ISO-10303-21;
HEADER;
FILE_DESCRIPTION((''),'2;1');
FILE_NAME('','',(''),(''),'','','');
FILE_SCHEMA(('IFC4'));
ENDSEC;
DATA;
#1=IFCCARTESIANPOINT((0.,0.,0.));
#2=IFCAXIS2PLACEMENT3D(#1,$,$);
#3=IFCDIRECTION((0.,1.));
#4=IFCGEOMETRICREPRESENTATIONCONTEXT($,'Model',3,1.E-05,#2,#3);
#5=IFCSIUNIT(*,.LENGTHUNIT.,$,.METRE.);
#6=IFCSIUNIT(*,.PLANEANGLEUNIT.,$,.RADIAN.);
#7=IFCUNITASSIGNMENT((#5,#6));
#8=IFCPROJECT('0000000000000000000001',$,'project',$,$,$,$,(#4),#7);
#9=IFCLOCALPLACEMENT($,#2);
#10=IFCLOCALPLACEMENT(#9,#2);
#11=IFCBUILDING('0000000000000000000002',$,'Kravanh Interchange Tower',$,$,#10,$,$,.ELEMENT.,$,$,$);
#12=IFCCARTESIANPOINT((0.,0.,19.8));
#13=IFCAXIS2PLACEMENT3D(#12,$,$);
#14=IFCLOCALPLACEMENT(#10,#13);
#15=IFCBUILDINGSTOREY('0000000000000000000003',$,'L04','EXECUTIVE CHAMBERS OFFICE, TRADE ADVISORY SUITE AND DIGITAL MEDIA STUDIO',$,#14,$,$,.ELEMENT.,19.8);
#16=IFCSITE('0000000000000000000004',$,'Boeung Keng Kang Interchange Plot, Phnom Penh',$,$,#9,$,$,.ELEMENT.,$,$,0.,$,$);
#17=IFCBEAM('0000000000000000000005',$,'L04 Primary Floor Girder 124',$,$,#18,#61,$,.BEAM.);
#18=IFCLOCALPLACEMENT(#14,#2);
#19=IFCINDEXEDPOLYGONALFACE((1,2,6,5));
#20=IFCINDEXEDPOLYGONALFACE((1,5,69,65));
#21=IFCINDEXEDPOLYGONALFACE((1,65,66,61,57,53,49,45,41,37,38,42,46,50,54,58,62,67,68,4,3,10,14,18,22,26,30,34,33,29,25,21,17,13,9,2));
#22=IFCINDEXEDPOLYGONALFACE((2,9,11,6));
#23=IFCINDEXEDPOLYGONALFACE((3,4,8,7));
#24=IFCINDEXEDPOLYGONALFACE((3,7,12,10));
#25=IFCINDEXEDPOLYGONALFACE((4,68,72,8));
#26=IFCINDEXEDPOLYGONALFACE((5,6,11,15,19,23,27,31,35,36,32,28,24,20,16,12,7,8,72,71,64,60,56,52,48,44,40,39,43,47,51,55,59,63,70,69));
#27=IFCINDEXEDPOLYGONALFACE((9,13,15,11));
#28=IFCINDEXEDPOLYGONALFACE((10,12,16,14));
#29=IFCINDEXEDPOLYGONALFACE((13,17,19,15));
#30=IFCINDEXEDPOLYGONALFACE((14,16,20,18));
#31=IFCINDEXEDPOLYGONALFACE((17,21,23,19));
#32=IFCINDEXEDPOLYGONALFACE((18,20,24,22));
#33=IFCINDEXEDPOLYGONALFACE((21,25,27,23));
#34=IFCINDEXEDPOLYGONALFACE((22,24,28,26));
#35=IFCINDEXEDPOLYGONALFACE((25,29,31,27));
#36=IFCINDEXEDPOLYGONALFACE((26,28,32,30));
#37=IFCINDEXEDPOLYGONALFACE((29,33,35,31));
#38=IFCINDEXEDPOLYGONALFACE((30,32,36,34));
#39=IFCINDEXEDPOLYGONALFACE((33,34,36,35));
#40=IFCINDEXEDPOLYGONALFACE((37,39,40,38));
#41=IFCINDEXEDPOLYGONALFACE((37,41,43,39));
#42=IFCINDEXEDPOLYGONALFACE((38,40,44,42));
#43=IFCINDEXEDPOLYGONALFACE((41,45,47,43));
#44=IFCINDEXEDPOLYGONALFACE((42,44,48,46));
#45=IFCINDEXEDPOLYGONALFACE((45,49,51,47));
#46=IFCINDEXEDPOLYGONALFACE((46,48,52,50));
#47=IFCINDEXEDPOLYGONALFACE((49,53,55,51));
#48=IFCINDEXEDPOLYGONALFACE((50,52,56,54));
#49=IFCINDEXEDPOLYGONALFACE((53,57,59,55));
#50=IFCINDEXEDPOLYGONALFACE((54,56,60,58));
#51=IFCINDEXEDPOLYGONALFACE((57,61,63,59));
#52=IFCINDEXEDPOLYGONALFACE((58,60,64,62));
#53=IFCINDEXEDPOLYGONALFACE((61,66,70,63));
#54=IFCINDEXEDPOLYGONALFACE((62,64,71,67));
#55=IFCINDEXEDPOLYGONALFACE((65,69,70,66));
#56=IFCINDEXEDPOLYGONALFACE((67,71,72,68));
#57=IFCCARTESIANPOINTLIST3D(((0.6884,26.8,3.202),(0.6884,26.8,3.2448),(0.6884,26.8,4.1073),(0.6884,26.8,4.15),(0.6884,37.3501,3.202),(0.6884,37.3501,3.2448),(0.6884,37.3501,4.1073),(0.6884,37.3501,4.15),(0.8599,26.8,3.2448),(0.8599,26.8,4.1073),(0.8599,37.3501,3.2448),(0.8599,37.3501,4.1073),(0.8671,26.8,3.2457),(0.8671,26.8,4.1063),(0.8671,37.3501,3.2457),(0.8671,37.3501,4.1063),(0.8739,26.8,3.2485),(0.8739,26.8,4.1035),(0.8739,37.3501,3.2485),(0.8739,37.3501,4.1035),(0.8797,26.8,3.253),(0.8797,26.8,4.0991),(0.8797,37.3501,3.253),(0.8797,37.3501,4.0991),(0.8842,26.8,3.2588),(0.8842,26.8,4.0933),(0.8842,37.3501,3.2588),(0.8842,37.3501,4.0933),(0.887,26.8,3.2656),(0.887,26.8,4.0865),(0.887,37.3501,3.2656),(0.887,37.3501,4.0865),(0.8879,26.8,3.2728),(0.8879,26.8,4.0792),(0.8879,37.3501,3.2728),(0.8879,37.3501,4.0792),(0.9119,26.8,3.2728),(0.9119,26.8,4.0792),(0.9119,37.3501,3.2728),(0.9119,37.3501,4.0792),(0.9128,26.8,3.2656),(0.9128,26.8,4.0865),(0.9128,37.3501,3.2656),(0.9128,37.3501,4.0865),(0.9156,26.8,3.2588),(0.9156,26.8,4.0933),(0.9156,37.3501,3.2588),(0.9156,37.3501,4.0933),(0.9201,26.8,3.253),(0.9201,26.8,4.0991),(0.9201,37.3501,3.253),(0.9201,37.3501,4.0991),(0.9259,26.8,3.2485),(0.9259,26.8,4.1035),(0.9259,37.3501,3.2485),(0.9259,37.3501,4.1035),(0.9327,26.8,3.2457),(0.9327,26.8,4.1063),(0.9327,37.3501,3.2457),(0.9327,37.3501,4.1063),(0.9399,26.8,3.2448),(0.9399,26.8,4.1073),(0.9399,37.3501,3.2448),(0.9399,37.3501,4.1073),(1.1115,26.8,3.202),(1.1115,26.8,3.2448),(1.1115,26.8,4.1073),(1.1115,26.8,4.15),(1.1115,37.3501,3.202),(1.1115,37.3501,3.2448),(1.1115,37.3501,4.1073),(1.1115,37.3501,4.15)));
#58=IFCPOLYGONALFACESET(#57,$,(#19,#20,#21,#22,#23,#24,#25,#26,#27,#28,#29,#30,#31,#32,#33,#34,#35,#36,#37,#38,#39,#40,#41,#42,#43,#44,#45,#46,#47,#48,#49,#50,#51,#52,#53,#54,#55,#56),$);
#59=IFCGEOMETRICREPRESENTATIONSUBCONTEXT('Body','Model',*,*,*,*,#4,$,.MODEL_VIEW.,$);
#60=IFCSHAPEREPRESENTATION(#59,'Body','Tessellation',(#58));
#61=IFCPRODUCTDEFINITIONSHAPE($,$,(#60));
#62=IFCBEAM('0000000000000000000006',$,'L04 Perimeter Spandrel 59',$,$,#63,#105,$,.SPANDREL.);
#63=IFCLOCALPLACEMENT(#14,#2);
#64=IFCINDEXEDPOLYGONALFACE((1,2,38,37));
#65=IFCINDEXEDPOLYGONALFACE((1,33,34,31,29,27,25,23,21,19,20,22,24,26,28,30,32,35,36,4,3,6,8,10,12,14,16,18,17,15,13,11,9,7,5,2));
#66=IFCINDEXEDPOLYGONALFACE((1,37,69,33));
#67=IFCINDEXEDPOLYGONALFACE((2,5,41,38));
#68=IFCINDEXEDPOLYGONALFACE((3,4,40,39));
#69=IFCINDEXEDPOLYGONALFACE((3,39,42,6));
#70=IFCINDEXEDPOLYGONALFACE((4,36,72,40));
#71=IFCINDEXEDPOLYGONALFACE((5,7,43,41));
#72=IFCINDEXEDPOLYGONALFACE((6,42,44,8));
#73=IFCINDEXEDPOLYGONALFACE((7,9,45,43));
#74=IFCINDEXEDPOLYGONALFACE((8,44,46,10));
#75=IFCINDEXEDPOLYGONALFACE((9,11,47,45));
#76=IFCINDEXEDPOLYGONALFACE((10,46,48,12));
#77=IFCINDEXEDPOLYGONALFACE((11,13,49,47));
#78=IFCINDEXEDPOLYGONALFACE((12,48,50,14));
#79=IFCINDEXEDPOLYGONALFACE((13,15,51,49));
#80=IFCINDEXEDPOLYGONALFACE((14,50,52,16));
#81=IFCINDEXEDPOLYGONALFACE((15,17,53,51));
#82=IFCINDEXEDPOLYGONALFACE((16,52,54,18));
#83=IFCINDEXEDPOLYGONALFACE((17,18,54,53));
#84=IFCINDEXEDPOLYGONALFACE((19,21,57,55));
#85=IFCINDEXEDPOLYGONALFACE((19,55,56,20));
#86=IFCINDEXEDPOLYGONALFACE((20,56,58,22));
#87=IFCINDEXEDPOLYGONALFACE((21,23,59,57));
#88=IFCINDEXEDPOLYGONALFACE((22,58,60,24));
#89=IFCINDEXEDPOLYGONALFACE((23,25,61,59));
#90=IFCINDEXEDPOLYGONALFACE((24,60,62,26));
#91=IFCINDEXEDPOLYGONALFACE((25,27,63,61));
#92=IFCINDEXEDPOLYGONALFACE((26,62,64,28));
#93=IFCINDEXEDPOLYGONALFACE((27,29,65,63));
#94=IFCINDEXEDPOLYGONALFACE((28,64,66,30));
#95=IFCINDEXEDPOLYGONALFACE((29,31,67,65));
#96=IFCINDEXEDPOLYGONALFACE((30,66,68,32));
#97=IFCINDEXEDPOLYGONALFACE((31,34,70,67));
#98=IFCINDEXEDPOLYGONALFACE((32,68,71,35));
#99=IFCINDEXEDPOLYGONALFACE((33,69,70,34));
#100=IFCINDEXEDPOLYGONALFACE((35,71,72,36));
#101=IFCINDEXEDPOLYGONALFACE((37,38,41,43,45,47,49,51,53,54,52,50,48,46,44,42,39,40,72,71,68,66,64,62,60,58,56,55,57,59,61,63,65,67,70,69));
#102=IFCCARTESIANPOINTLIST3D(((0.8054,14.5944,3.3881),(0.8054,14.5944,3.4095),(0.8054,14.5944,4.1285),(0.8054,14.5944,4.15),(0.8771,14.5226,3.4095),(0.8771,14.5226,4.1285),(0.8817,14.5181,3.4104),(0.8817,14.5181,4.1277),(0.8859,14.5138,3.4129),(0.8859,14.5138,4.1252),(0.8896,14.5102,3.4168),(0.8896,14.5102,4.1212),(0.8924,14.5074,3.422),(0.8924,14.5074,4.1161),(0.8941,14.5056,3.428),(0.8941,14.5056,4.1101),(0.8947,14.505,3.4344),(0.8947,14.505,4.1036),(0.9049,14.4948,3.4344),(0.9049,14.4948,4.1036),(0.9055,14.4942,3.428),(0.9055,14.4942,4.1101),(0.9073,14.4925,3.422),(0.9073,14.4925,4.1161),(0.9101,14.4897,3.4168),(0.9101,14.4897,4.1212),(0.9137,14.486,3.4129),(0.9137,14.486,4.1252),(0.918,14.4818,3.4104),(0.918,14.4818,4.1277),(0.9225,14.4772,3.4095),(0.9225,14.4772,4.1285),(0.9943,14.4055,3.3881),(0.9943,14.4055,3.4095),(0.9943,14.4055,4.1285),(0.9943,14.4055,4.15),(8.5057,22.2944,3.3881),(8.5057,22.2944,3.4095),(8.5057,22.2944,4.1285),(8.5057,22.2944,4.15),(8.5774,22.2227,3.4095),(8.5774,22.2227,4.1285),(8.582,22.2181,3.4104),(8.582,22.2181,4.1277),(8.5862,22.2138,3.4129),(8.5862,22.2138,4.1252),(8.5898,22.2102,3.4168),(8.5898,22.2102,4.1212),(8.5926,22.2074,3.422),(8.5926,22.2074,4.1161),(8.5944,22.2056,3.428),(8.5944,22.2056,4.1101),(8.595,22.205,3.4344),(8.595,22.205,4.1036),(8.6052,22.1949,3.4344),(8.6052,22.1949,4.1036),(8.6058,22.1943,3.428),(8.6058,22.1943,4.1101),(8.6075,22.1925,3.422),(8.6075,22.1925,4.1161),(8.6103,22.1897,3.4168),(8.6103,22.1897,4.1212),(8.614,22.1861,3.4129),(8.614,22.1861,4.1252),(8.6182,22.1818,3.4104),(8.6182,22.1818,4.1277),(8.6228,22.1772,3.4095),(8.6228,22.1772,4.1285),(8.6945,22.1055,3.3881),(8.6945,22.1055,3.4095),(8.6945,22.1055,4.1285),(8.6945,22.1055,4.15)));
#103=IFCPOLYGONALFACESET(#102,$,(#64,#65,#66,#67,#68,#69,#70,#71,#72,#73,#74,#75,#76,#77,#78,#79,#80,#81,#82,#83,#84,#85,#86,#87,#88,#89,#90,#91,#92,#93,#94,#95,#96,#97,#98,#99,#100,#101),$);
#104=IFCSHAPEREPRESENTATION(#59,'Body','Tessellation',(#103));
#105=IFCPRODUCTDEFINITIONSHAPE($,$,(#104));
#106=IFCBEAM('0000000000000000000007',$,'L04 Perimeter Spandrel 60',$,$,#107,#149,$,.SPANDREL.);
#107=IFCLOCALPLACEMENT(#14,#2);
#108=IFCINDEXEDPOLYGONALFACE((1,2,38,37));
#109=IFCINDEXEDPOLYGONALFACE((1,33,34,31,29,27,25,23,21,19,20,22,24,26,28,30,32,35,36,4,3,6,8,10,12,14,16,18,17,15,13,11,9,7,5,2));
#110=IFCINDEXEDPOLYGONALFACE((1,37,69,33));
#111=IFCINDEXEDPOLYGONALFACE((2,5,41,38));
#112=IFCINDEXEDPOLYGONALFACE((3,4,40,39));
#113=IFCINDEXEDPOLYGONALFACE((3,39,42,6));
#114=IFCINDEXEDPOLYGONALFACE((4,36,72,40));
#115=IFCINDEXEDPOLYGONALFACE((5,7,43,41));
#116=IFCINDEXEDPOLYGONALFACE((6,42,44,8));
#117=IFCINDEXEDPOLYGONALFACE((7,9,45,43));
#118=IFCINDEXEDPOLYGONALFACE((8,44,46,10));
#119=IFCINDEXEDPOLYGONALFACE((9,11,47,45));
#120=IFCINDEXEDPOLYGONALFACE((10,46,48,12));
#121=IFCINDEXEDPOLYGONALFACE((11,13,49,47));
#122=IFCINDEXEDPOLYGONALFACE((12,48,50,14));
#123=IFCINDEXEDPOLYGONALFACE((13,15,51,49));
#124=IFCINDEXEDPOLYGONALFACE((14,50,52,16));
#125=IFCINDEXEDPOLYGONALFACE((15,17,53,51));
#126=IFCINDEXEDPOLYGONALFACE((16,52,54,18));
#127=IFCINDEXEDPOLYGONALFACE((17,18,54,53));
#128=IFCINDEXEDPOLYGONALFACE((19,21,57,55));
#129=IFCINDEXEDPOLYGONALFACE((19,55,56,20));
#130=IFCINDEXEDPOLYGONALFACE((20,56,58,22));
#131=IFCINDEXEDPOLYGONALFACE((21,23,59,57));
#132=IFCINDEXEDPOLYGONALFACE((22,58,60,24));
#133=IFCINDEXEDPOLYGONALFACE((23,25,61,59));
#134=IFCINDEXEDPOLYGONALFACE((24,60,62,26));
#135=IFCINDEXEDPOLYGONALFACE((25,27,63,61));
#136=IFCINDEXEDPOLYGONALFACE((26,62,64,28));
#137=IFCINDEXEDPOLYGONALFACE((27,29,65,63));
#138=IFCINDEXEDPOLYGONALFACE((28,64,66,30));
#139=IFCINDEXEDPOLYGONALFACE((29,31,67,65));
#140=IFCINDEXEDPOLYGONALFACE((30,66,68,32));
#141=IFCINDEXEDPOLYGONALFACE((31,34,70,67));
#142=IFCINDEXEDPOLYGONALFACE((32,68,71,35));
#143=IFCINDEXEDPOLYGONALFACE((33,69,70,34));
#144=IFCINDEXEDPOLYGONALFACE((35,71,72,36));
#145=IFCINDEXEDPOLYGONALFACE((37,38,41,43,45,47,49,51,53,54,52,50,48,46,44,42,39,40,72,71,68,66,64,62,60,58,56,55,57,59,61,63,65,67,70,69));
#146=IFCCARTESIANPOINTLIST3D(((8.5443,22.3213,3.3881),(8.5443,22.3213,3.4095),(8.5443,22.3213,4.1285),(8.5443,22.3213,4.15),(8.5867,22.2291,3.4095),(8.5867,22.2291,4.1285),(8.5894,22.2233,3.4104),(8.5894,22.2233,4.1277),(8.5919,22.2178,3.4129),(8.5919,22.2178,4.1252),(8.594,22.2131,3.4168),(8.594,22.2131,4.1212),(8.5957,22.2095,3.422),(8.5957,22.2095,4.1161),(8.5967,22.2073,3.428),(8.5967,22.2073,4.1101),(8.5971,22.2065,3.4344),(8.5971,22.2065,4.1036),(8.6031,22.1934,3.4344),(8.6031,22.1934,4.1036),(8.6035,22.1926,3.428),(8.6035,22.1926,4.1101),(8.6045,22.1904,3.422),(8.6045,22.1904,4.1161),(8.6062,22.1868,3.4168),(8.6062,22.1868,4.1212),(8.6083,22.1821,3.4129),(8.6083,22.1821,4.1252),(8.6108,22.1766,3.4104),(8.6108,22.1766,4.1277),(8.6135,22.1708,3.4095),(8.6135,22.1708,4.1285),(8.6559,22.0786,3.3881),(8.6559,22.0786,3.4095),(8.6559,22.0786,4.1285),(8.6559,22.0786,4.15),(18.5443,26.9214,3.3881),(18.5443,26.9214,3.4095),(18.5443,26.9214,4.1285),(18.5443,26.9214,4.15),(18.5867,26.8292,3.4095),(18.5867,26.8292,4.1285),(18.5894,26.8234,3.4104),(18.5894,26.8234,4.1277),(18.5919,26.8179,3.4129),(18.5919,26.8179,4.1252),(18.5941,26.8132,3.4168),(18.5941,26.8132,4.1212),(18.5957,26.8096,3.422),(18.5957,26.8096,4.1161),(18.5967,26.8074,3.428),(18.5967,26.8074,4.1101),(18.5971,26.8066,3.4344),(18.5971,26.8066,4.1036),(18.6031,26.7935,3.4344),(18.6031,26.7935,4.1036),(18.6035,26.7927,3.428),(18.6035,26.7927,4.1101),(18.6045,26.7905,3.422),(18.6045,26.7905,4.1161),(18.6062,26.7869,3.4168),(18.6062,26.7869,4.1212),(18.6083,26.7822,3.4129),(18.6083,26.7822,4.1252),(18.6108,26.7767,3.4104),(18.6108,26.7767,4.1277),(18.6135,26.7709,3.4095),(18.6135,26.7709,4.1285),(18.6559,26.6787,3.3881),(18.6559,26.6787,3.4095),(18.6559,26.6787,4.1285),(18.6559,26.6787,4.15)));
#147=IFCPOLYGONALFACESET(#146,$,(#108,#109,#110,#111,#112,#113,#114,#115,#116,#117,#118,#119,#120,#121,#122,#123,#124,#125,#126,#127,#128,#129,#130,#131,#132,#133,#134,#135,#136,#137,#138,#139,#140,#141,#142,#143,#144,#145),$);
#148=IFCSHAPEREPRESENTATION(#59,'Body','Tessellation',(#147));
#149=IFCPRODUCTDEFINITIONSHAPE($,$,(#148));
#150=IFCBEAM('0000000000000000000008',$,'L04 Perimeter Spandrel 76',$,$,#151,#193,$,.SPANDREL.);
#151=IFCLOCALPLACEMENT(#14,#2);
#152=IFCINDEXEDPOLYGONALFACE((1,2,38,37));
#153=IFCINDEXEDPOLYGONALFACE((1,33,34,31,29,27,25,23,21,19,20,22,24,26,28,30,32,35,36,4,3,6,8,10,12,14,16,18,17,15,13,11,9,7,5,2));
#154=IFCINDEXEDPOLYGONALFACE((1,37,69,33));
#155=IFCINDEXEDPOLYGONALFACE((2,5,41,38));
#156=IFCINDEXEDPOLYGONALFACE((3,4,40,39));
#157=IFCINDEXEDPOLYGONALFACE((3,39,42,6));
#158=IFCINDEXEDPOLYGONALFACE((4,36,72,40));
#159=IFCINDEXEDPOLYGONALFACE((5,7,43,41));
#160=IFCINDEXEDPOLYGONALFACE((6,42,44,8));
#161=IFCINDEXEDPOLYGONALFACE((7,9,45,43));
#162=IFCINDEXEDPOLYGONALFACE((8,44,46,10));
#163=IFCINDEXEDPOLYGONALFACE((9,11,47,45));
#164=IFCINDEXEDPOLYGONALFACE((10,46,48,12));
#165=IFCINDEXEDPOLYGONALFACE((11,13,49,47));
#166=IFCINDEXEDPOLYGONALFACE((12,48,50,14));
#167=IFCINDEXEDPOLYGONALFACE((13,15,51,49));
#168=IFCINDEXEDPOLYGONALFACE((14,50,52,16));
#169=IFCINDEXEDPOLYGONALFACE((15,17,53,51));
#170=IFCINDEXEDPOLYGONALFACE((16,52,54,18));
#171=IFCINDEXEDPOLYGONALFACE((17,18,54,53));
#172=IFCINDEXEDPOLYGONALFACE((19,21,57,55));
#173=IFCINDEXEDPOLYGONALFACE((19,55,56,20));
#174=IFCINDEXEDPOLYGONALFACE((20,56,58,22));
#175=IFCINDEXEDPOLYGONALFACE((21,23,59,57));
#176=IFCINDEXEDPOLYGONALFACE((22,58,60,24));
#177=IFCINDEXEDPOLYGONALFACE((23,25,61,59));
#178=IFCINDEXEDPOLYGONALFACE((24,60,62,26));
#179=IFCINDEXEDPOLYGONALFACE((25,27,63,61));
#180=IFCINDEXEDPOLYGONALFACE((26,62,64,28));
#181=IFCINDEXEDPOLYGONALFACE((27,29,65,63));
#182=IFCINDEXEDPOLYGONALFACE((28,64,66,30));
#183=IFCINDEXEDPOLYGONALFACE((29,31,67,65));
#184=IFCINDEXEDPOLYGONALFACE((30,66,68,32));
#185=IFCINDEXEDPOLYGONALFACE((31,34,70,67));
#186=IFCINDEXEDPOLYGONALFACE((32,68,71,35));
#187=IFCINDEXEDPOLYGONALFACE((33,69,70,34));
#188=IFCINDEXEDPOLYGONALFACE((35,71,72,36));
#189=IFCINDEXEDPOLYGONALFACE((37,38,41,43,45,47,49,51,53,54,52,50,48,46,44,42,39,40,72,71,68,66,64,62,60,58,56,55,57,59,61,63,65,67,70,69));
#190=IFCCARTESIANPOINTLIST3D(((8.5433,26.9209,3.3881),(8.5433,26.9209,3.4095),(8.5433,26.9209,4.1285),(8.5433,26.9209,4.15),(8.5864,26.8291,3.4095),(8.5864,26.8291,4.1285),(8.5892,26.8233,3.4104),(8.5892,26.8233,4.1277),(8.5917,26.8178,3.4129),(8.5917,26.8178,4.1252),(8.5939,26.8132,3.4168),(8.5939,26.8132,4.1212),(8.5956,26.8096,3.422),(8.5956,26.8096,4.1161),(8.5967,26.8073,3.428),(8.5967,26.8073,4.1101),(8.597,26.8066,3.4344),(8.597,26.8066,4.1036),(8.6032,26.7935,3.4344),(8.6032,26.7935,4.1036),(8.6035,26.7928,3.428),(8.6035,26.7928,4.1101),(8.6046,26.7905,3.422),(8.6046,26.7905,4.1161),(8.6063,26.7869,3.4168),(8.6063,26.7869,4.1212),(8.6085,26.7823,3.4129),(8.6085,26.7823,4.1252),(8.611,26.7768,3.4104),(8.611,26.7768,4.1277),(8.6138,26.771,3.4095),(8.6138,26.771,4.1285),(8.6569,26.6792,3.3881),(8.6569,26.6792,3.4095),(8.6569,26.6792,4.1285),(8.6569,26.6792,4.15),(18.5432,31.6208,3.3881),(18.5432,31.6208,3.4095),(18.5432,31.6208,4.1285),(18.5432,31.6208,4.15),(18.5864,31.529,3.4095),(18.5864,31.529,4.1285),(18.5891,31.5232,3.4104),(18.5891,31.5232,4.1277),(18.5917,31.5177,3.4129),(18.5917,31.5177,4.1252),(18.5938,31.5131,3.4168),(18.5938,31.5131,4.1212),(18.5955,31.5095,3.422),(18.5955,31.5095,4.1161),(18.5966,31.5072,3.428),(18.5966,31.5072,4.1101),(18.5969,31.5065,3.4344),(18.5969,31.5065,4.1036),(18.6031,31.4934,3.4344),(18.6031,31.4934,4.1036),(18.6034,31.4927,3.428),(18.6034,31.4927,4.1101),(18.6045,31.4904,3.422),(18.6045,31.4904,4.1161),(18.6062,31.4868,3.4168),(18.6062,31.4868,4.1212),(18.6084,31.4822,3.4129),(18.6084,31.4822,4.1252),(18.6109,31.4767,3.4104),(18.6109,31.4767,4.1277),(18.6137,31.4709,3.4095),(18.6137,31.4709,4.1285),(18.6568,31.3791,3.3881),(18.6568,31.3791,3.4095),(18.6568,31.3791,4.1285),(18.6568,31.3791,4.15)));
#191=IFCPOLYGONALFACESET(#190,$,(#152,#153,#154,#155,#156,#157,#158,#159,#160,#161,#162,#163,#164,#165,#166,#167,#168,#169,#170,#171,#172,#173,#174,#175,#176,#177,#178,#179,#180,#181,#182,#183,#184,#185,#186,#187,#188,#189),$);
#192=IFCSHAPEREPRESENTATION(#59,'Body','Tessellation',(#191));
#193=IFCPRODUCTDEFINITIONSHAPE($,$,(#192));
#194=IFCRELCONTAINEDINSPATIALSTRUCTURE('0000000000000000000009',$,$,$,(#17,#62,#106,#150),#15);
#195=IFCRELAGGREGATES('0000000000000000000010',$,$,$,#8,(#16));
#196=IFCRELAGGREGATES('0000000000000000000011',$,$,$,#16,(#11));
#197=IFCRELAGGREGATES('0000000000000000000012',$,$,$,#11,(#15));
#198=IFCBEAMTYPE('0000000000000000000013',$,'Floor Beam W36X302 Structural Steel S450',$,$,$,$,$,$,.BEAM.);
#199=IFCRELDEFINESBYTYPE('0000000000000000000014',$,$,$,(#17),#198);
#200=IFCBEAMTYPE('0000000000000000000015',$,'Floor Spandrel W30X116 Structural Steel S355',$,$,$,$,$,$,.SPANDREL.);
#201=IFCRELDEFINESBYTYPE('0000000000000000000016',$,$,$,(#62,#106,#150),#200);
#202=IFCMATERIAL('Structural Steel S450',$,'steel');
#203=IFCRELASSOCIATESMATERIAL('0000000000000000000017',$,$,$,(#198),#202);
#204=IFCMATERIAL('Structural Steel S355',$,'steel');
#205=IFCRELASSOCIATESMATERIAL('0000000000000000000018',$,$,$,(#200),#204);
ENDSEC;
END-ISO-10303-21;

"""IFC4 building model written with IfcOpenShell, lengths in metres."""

from ifc_helpers import new_model, si_unit, direction, frame, origin, origin_2d, place, context, subcontext, project, spatial, i_section, extrude, material, material_profile, profile_set, type_object, element, save


model = new_model("IFC4")

# Units and contexts
model_context = context("Model", 3, precision=1e-05, world=origin(), true_north=direction((0.0, 1.0)))
body_context = subcontext(model_context, "Body", "Model", "MODEL_VIEW")
ifc_project = project(units=[si_unit("LENGTHUNIT", "METRE"), si_unit("PLANEANGLEUNIT", "RADIAN")], contexts=[model_context])

# Site, building, storey
site_placement = place(None, origin())
site = spatial("IfcSite", under=ifc_project, at=site_placement, Name="Boeung Keng Kang Interchange Plot, Phnom Penh", CompositionType="ELEMENT", RefElevation=0.0)
building_placement = place(site_placement, origin())
building = spatial("IfcBuilding", under=site, at=building_placement, Name="Kravanh Interchange Tower", CompositionType="ELEMENT")
storey_placement = place(building_placement, frame((0.0, 0.0, 19.8)))
storey = spatial("IfcBuildingStorey", under=building, at=storey_placement, Name="L04", Description="EXECUTIVE CHAMBERS OFFICE, TRADE ADVISORY SUITE AND DIGITAL MEDIA STUDIO", CompositionType="ELEMENT", Elevation=19.8)

# Beams
ifc_material_1 = material(Name="Structural Steel S450", Category="steel")
ifc_material_profile_1 = material_profile(ifc_material_1, i_section(OverallWidth=0.4231, OverallDepth=0.948, WebThickness=0.0239, FlangeThickness=0.0427, FilletRadius=0.0281, at=origin_2d()), Name="W36X302")
ifc_profile_set_1 = profile_set([ifc_material_profile_1], Name="Structural Steel S450")
beam_type_1 = type_object("IfcBeamType", Name="Floor Beam W36X302 Structural Steel S450", PredefinedType="BEAM", material=ifc_profile_set_1)
beam_1_placement = place(storey_placement, frame((0.8999, 26.8, 3.676), z_axis=(0.0, 1.0, 0.0), x_axis=(-1.0, 0.0, 0.0)))
element("IfcBeam", 1, at=beam_1_placement, inside=storey, type_object=beam_type_1, Name="L04 Primary Floor Girder 124", PredefinedType="BEAM", context=body_context, shape_type="SweptSolid", body=[
    extrude(i_section(OverallWidth=0.4231, OverallDepth=0.948, WebThickness=0.0239, FlangeThickness=0.0427, FilletRadius=0.0281, at=origin_2d()), origin(), (0.0, 0.0, 1.0), 10.55),
])
ifc_material_2 = material(Name="Structural Steel S355", Category="steel")
ifc_material_profile_2 = material_profile(ifc_material_2, i_section(OverallWidth=0.2671, OverallDepth=0.762, WebThickness=0.0144, FlangeThickness=0.0215, FilletRadius=0.0249, at=origin_2d()), Name="W30X116")
ifc_profile_set_2 = profile_set([ifc_material_profile_2], Name="Structural Steel S355")
beam_type_2 = type_object("IfcBeamType", Name="Floor Spandrel W30X116 Structural Steel S355", PredefinedType="SPANDREL", material=ifc_profile_set_2)
beam_2_placement = place(storey_placement, frame((8.6001, 22.2, 3.769), z_axis=(-0.707118, -0.707096, 0.0), x_axis=(0.707096, -0.707118, 0.0)))
element("IfcBeam", 2, at=beam_2_placement, inside=storey, type_object=beam_type_2, Name="L04 Perimeter Spandrel 59", PredefinedType="SPANDREL", context=body_context, shape_type="SweptSolid", body=[
    extrude(i_section(OverallWidth=0.2671, OverallDepth=0.762, WebThickness=0.0144, FlangeThickness=0.0215, FilletRadius=0.0249, at=origin_2d()), origin(), (0.0, 0.0, 1.0), 10.8896),
])
beam_3_placement = place(storey_placement, frame((8.6001, 22.2, 3.769), z_axis=(0.908487, 0.417913, 0.0), x_axis=(-0.417913, 0.908487, 0.0)))
element("IfcBeam", 3, at=beam_3_placement, inside=storey, type_object=beam_type_2, Name="L04 Perimeter Spandrel 60", PredefinedType="SPANDREL", context=body_context, shape_type="SweptSolid", body=[
    extrude(i_section(OverallWidth=0.2671, OverallDepth=0.762, WebThickness=0.0144, FlangeThickness=0.0215, FilletRadius=0.0249, at=origin_2d()), origin(), (0.0, 0.0, 1.0), 11.0073),
])
beam_4_placement = place(storey_placement, frame((8.6001, 26.8, 3.769), z_axis=(0.905025, 0.425358, 0.0), x_axis=(-0.425358, 0.905025, 0.0)))
element("IfcBeam", 4, at=beam_4_placement, inside=storey, type_object=beam_type_2, Name="L04 Perimeter Spandrel 76", PredefinedType="SPANDREL", context=body_context, shape_type="SweptSolid", body=[
    extrude(i_section(OverallWidth=0.2671, OverallDepth=0.762, WebThickness=0.0144, FlangeThickness=0.0215, FilletRadius=0.0249, at=origin_2d()), origin(), (0.0, 0.0, 1.0), 11.0493),
])

save(model, "model.ifc")
